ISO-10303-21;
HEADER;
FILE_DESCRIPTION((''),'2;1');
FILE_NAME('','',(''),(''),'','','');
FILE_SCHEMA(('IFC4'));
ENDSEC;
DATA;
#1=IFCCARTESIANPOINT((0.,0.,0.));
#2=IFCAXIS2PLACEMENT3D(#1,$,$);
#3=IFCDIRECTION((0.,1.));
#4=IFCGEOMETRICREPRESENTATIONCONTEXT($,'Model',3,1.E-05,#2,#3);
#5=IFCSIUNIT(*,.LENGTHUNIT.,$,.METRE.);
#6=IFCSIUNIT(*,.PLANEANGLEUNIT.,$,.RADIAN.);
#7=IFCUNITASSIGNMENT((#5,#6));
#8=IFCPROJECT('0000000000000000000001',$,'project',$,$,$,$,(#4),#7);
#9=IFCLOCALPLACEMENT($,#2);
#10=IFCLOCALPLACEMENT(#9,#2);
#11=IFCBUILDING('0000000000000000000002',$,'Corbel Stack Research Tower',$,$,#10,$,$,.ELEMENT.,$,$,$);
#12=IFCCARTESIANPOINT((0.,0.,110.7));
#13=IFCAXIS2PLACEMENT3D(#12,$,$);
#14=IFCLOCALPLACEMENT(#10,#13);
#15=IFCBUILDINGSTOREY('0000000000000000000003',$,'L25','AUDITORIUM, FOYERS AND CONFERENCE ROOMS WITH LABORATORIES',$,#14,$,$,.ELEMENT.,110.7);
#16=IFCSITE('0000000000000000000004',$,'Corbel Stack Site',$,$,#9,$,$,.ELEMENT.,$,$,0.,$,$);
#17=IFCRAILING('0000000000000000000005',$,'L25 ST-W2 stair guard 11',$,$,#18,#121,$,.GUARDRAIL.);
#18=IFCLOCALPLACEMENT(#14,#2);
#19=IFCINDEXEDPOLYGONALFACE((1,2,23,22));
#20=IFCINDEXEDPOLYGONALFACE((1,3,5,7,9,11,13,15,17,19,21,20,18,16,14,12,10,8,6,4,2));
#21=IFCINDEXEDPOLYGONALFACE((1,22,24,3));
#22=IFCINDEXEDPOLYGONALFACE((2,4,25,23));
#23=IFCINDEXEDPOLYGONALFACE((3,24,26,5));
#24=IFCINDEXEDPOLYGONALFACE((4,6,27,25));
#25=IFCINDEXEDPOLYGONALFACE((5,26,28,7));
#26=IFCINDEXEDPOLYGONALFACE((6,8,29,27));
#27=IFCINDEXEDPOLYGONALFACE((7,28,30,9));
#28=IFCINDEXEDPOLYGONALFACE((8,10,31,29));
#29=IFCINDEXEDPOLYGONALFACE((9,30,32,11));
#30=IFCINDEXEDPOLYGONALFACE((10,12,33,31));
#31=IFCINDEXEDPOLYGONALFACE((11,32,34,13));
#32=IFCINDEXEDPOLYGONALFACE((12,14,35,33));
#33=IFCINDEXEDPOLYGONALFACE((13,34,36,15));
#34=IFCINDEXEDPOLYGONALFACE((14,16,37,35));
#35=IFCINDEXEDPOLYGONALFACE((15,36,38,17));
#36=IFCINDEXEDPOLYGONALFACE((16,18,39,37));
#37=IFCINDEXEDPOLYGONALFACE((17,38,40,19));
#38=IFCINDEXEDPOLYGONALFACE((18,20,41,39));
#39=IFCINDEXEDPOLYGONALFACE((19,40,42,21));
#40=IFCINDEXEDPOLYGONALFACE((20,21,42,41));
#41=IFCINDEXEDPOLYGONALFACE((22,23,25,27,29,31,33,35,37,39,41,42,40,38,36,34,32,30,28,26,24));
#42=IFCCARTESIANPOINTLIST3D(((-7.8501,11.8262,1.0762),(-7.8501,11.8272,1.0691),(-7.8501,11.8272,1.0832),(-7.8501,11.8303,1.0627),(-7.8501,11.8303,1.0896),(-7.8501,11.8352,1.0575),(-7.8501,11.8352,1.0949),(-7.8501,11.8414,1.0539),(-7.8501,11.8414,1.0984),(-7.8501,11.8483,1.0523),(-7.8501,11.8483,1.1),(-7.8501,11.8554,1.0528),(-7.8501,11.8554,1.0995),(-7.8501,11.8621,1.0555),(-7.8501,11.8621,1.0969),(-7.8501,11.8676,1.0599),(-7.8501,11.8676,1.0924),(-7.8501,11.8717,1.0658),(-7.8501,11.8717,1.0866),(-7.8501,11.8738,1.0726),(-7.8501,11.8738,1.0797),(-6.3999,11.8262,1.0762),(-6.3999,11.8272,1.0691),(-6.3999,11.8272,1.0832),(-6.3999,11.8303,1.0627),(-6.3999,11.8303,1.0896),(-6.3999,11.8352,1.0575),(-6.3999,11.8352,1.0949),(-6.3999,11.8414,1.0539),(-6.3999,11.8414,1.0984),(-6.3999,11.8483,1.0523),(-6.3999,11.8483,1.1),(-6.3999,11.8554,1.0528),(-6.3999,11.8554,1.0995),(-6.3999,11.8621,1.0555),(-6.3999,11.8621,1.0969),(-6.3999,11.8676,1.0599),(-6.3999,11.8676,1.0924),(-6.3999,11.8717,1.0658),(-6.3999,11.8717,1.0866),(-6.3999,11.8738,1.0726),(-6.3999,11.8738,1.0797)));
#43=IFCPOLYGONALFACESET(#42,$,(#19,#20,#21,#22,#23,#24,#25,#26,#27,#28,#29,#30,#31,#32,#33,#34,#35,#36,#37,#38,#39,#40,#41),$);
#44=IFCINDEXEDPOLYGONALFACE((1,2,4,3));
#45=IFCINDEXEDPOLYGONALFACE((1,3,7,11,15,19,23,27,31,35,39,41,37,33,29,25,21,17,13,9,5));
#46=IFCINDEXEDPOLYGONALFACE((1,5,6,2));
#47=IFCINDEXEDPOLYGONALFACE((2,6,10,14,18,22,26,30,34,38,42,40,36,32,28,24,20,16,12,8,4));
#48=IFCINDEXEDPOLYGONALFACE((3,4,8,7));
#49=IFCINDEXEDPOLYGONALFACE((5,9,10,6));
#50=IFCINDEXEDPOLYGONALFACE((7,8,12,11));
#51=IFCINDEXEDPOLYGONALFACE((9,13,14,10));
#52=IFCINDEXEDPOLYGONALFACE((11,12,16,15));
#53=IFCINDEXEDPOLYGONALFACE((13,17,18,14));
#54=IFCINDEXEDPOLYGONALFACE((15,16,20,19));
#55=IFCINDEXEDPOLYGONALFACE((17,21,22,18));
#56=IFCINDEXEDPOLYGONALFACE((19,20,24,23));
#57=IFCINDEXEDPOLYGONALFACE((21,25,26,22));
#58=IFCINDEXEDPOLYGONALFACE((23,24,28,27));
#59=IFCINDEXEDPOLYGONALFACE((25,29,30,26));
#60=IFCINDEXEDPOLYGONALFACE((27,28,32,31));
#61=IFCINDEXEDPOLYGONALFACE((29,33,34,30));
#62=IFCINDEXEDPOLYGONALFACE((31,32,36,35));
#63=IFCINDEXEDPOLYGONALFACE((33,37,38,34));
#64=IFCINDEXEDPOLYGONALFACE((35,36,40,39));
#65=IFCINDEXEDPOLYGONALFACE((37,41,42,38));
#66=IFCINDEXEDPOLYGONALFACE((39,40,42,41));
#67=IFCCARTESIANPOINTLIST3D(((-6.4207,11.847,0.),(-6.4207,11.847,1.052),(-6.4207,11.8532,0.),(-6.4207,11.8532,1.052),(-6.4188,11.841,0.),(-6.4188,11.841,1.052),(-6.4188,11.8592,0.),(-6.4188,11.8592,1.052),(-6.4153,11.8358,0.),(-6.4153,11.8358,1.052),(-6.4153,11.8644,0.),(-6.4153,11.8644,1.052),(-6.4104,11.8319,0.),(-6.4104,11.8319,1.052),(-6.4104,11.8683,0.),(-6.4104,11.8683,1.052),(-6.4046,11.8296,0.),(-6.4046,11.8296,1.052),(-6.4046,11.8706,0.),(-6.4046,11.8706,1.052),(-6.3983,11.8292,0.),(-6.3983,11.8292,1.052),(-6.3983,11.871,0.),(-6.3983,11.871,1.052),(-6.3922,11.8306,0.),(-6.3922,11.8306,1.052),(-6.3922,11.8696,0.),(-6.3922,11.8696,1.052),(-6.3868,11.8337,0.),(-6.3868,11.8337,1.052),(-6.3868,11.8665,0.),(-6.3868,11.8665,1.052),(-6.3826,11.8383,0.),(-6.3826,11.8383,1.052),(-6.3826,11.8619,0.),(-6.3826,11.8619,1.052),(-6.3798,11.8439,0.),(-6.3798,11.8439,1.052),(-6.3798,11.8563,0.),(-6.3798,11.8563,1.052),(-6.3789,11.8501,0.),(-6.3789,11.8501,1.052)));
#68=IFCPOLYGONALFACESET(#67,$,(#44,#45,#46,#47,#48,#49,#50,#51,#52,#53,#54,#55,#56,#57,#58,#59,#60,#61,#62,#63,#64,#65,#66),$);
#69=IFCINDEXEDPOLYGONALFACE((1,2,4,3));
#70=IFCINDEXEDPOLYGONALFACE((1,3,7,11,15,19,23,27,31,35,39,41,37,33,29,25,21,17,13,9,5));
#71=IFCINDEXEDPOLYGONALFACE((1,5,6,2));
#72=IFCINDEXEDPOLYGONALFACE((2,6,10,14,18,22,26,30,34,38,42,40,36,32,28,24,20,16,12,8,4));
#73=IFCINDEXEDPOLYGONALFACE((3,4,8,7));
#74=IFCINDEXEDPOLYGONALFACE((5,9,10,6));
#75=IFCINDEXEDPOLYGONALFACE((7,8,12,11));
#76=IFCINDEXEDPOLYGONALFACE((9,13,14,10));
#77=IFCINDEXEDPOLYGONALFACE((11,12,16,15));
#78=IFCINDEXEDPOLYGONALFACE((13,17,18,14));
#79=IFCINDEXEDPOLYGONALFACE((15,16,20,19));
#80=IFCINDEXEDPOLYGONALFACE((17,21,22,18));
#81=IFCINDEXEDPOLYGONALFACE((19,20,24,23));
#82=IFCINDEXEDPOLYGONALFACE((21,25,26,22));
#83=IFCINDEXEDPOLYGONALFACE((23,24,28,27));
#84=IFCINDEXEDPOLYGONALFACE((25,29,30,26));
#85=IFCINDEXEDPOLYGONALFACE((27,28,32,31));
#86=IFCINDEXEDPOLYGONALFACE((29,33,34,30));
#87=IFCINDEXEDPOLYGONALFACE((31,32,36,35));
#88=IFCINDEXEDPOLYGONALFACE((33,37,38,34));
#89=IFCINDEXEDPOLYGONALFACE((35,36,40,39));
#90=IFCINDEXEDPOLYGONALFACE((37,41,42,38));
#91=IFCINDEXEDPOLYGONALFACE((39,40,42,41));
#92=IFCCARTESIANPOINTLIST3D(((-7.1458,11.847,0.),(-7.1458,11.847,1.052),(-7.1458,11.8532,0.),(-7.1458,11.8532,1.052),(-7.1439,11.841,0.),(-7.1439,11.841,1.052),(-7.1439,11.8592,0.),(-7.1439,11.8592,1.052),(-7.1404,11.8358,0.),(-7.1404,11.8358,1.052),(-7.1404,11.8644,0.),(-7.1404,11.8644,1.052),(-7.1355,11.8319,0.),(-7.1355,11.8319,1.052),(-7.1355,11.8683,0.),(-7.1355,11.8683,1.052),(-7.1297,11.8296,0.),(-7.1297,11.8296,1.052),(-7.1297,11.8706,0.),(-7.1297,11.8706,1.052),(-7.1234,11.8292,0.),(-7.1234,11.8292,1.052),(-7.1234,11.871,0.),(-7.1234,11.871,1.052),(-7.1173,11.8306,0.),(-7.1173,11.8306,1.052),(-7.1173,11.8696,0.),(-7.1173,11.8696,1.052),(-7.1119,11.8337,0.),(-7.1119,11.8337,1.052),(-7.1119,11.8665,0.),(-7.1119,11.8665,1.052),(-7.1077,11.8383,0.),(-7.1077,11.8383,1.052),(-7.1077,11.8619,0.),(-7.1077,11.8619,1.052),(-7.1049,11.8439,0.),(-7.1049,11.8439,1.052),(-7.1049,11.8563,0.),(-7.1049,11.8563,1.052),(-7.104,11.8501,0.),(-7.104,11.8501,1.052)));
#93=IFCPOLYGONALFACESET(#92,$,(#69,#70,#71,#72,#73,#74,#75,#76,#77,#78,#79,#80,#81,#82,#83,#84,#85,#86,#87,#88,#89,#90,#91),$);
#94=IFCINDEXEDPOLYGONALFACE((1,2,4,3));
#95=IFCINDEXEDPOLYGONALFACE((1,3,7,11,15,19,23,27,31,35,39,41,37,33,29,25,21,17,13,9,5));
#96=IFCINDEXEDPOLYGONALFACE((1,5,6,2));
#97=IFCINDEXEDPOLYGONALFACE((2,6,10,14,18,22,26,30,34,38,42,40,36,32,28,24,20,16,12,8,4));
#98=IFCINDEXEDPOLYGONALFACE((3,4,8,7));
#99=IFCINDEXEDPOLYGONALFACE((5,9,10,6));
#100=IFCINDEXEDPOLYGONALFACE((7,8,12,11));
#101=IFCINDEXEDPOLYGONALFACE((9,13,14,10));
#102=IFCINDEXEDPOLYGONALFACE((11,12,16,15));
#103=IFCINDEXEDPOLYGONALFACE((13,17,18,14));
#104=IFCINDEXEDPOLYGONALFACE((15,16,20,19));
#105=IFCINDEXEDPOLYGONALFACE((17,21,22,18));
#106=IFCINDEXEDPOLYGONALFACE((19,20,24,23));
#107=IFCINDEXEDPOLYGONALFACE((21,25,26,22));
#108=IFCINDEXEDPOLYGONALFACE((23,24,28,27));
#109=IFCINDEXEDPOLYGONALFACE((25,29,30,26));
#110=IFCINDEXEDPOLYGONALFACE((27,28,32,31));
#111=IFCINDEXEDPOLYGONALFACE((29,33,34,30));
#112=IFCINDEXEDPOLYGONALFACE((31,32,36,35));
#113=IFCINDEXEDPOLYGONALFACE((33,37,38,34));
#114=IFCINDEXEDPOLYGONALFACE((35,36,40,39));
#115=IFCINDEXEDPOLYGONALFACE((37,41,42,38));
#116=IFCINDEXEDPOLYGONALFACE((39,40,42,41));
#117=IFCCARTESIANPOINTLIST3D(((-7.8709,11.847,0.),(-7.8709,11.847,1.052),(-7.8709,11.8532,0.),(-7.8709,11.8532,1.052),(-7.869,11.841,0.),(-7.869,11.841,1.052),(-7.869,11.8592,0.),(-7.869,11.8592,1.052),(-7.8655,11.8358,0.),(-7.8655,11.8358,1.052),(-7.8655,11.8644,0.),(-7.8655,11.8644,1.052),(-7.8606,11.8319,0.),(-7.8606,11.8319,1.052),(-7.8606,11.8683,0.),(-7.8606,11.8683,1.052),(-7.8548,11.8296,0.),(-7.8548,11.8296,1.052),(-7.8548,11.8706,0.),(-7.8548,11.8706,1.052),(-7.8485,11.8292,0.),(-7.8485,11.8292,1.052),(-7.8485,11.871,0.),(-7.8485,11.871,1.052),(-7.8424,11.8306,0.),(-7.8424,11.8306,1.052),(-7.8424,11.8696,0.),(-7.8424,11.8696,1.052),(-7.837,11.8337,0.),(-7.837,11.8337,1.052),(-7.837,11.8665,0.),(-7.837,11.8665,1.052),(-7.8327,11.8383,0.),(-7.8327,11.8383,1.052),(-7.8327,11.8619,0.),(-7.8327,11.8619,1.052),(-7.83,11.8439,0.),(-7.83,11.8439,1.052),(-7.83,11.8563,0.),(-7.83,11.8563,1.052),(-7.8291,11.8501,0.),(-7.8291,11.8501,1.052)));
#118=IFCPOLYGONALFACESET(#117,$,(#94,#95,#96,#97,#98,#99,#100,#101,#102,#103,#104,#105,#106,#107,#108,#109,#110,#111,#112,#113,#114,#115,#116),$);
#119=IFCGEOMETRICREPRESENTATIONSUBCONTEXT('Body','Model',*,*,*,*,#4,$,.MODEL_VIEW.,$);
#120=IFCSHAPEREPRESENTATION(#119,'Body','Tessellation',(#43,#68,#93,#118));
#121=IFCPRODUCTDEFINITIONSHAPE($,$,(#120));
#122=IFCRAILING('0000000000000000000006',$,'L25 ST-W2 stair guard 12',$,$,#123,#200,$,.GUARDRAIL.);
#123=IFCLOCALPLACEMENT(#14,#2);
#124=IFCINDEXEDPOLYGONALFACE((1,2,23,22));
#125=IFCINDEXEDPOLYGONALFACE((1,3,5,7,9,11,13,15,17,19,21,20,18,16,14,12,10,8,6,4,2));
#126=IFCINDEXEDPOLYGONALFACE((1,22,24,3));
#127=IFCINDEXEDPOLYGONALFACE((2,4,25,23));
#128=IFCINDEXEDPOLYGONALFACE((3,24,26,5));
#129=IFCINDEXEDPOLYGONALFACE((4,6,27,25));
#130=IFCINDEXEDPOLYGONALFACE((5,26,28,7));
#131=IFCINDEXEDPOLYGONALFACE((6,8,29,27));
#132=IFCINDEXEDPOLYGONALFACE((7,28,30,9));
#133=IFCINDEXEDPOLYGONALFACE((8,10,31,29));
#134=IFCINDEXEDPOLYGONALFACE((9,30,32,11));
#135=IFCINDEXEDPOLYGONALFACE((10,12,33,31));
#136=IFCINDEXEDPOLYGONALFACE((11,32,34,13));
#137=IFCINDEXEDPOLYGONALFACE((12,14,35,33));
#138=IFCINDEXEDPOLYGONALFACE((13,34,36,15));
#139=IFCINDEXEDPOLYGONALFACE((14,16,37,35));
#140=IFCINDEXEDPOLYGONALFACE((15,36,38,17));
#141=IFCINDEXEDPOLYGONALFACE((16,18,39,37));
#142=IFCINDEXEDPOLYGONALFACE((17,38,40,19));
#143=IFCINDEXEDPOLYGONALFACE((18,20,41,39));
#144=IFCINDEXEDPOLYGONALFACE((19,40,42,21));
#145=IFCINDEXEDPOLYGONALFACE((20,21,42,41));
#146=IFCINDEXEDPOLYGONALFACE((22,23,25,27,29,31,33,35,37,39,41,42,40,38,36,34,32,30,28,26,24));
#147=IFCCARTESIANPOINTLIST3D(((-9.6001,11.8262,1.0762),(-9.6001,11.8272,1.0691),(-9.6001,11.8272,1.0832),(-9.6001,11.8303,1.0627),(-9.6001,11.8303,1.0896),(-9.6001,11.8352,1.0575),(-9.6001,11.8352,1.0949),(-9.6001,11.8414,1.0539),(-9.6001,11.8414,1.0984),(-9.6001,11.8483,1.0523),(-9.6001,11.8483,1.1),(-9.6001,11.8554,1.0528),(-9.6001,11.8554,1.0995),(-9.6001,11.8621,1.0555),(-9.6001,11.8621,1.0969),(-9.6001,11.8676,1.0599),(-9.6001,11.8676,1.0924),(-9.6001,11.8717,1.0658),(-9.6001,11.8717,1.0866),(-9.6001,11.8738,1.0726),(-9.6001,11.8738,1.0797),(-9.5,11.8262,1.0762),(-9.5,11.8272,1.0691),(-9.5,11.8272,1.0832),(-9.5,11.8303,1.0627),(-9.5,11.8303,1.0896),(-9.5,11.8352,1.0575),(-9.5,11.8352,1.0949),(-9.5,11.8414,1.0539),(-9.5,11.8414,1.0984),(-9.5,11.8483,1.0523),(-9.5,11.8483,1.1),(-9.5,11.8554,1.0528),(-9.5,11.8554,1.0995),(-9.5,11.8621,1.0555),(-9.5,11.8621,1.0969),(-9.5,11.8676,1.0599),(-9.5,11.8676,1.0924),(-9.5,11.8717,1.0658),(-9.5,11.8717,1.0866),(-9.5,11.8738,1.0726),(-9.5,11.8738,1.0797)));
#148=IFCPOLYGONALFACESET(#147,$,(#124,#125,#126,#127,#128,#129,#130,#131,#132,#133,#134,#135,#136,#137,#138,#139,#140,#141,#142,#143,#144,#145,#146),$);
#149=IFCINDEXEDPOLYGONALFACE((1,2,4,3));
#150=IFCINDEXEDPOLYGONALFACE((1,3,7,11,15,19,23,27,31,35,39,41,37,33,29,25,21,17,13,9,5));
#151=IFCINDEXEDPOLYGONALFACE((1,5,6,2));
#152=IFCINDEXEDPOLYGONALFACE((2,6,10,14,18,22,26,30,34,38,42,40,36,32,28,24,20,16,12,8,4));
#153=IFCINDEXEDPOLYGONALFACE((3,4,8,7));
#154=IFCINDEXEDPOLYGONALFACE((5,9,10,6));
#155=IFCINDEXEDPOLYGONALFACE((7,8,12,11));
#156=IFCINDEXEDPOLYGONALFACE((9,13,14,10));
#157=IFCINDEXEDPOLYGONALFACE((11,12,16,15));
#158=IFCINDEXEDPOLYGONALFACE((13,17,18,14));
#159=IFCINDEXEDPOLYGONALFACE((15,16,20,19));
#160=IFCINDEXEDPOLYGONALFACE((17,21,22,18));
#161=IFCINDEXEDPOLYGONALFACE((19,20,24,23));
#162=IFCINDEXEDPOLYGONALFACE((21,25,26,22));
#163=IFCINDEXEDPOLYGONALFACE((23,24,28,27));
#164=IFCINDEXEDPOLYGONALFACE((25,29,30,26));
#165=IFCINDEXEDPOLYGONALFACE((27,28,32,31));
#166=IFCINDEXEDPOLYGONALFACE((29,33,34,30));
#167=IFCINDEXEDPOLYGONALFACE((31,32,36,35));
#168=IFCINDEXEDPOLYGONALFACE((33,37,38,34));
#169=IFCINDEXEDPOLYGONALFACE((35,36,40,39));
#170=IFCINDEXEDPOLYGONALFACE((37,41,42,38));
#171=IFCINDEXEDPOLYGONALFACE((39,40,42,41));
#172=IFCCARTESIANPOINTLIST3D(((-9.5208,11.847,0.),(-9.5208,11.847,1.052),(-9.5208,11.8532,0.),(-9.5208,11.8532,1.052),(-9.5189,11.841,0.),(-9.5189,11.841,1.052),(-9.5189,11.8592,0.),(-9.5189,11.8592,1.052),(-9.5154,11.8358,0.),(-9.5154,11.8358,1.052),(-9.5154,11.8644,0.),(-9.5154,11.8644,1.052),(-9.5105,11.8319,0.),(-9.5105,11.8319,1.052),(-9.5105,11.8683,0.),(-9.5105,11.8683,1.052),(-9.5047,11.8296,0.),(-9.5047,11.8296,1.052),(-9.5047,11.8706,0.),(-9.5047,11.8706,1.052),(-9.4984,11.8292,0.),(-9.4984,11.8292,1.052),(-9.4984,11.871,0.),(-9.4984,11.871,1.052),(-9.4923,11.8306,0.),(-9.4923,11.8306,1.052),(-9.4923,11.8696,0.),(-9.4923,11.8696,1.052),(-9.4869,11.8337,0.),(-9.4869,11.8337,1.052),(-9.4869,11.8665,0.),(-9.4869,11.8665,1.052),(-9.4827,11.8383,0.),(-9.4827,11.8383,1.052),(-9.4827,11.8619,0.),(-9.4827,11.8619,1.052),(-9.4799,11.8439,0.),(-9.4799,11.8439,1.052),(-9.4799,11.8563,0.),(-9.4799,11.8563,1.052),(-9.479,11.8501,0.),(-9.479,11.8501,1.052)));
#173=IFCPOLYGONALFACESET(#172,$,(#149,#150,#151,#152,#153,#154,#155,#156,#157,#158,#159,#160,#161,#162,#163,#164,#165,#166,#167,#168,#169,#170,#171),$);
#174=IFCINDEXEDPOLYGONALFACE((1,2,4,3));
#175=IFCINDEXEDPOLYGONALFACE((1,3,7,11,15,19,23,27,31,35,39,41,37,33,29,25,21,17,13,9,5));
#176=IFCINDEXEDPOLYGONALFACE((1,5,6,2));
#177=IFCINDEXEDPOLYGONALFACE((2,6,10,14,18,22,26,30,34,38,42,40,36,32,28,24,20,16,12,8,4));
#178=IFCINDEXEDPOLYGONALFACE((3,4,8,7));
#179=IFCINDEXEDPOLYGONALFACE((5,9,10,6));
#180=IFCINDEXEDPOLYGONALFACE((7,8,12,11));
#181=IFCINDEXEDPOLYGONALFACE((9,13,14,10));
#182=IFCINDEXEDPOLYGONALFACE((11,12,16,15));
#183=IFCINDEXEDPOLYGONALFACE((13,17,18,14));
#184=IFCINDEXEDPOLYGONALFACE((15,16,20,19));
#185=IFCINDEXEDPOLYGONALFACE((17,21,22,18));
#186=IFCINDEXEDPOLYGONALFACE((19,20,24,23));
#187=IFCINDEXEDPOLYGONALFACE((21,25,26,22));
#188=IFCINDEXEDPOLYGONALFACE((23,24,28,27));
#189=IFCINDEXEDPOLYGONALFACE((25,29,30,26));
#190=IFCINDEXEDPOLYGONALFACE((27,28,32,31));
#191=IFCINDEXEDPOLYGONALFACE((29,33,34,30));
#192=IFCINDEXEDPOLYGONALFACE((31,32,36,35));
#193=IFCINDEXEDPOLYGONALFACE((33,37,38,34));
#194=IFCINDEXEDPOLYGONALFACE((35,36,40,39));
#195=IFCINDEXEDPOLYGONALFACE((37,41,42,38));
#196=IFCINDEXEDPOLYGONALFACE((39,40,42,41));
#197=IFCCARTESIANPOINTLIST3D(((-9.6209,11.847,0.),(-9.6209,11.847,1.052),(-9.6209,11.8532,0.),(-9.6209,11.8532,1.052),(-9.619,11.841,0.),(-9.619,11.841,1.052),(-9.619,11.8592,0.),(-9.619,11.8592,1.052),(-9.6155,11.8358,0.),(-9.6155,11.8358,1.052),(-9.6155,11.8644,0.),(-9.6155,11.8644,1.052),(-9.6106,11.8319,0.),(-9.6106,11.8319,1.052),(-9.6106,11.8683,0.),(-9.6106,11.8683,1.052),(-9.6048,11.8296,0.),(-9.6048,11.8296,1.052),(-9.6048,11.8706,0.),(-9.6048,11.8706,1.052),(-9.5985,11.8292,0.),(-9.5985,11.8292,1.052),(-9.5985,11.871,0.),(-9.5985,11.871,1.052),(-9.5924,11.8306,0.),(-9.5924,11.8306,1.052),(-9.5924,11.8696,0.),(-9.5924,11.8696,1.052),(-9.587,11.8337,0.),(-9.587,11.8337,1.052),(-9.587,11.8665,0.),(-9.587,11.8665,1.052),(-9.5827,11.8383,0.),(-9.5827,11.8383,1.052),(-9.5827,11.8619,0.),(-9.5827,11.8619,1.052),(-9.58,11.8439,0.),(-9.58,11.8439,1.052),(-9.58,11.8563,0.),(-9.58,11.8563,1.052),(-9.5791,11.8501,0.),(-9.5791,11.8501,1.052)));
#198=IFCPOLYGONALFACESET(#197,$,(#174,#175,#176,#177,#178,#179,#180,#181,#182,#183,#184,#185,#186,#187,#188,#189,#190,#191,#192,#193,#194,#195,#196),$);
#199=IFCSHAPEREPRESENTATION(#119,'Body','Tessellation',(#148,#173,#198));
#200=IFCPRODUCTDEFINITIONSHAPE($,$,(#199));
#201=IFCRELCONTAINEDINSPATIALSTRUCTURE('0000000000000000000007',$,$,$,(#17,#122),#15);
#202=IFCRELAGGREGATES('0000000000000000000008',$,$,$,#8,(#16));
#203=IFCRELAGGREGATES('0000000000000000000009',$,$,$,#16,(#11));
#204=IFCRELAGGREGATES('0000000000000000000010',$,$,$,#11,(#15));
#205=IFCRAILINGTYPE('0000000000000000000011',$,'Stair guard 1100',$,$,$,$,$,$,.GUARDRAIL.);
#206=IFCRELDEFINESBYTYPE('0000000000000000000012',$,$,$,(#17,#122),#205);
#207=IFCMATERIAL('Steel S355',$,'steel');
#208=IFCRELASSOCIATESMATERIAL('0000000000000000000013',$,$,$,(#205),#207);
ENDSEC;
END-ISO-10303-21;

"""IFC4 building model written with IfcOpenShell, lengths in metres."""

from ifc_helpers import new_model, si_unit, direction, frame, origin, origin_2d, place, context, subcontext, project, spatial, circle, extrude, material, type_object, element, save


model = new_model("IFC4")

# Units and contexts
model_context = context("Model", 3, precision=1e-05, world=origin(), true_north=direction((0.0, 1.0)))
body_context = subcontext(model_context, "Body", "Model", "MODEL_VIEW")
ifc_project = project(units=[si_unit("LENGTHUNIT", "METRE"), si_unit("PLANEANGLEUNIT", "RADIAN")], contexts=[model_context])

# Site, building, storey
site_placement = place(None, origin())
site = spatial("IfcSite", under=ifc_project, at=site_placement, Name="Corbel Stack Site", CompositionType="ELEMENT", RefElevation=0.0)
building_placement = place(site_placement, origin())
building = spatial("IfcBuilding", under=site, at=building_placement, Name="Corbel Stack Research Tower", CompositionType="ELEMENT")
storey_placement = place(building_placement, frame((0.0, 0.0, 110.7)))
storey = spatial("IfcBuildingStorey", under=building, at=storey_placement, Name="L25", Description="AUDITORIUM, FOYERS AND CONFERENCE ROOMS WITH LABORATORIES", CompositionType="ELEMENT", Elevation=110.7)

# Railings
ifc_material_1 = material(Name="Steel S355", Category="steel")
railing_type_1 = type_object("IfcRailingType", Name="Stair guard 1100", PredefinedType="GUARDRAIL", material=ifc_material_1)
railing_1_placement = place(storey_placement, frame((-6.3999, 11.8501, 0.0)))
element("IfcRailing", 1, at=railing_1_placement, inside=storey, type_object=railing_type_1, Name="L25 ST-W2 stair guard 11", PredefinedType="GUARDRAIL", context=body_context, shape_type="SweptSolid", body=[
    extrude(circle(Radius=0.0239, at=origin_2d()), frame((0.0, 0.0, 1.0762), z_axis=(-1.0, 0.0, 0.0), x_axis=(0.0, -1.0, 0.0)), (0.0, 0.0, 1.0), 1.4502),
    extrude(circle(Radius=0.021, at=origin_2d()), origin(), (0.0, 0.0, 1.0), 1.052),
    extrude(circle(Radius=0.021, at=origin_2d()), frame((-0.7251, 0.0, 0.0)), (0.0, 0.0, 1.0), 1.052),
    extrude(circle(Radius=0.021, at=origin_2d()), frame((-1.4502, 0.0, 0.0)), (0.0, 0.0, 1.0), 1.052),
])
railing_2_placement = place(storey_placement, frame((-9.5, 11.8501, 0.0)))
element("IfcRailing", 2, at=railing_2_placement, inside=storey, type_object=railing_type_1, Name="L25 ST-W2 stair guard 12", PredefinedType="GUARDRAIL", context=body_context, shape_type="SweptSolid", body=[
    extrude(circle(Radius=0.0239, at=origin_2d()), frame((0.0, 0.0, 1.0762), z_axis=(-1.0, 0.0, 0.0), x_axis=(0.0, -1.0, 0.0)), (0.0, 0.0, 1.0), 0.1001),
    extrude(circle(Radius=0.021, at=origin_2d()), origin(), (0.0, 0.0, 1.0), 1.052),
    extrude(circle(Radius=0.021, at=origin_2d()), frame((-0.1001, 0.0, 0.0)), (0.0, 0.0, 1.0), 1.052),
])

save(model, "model.ifc")
